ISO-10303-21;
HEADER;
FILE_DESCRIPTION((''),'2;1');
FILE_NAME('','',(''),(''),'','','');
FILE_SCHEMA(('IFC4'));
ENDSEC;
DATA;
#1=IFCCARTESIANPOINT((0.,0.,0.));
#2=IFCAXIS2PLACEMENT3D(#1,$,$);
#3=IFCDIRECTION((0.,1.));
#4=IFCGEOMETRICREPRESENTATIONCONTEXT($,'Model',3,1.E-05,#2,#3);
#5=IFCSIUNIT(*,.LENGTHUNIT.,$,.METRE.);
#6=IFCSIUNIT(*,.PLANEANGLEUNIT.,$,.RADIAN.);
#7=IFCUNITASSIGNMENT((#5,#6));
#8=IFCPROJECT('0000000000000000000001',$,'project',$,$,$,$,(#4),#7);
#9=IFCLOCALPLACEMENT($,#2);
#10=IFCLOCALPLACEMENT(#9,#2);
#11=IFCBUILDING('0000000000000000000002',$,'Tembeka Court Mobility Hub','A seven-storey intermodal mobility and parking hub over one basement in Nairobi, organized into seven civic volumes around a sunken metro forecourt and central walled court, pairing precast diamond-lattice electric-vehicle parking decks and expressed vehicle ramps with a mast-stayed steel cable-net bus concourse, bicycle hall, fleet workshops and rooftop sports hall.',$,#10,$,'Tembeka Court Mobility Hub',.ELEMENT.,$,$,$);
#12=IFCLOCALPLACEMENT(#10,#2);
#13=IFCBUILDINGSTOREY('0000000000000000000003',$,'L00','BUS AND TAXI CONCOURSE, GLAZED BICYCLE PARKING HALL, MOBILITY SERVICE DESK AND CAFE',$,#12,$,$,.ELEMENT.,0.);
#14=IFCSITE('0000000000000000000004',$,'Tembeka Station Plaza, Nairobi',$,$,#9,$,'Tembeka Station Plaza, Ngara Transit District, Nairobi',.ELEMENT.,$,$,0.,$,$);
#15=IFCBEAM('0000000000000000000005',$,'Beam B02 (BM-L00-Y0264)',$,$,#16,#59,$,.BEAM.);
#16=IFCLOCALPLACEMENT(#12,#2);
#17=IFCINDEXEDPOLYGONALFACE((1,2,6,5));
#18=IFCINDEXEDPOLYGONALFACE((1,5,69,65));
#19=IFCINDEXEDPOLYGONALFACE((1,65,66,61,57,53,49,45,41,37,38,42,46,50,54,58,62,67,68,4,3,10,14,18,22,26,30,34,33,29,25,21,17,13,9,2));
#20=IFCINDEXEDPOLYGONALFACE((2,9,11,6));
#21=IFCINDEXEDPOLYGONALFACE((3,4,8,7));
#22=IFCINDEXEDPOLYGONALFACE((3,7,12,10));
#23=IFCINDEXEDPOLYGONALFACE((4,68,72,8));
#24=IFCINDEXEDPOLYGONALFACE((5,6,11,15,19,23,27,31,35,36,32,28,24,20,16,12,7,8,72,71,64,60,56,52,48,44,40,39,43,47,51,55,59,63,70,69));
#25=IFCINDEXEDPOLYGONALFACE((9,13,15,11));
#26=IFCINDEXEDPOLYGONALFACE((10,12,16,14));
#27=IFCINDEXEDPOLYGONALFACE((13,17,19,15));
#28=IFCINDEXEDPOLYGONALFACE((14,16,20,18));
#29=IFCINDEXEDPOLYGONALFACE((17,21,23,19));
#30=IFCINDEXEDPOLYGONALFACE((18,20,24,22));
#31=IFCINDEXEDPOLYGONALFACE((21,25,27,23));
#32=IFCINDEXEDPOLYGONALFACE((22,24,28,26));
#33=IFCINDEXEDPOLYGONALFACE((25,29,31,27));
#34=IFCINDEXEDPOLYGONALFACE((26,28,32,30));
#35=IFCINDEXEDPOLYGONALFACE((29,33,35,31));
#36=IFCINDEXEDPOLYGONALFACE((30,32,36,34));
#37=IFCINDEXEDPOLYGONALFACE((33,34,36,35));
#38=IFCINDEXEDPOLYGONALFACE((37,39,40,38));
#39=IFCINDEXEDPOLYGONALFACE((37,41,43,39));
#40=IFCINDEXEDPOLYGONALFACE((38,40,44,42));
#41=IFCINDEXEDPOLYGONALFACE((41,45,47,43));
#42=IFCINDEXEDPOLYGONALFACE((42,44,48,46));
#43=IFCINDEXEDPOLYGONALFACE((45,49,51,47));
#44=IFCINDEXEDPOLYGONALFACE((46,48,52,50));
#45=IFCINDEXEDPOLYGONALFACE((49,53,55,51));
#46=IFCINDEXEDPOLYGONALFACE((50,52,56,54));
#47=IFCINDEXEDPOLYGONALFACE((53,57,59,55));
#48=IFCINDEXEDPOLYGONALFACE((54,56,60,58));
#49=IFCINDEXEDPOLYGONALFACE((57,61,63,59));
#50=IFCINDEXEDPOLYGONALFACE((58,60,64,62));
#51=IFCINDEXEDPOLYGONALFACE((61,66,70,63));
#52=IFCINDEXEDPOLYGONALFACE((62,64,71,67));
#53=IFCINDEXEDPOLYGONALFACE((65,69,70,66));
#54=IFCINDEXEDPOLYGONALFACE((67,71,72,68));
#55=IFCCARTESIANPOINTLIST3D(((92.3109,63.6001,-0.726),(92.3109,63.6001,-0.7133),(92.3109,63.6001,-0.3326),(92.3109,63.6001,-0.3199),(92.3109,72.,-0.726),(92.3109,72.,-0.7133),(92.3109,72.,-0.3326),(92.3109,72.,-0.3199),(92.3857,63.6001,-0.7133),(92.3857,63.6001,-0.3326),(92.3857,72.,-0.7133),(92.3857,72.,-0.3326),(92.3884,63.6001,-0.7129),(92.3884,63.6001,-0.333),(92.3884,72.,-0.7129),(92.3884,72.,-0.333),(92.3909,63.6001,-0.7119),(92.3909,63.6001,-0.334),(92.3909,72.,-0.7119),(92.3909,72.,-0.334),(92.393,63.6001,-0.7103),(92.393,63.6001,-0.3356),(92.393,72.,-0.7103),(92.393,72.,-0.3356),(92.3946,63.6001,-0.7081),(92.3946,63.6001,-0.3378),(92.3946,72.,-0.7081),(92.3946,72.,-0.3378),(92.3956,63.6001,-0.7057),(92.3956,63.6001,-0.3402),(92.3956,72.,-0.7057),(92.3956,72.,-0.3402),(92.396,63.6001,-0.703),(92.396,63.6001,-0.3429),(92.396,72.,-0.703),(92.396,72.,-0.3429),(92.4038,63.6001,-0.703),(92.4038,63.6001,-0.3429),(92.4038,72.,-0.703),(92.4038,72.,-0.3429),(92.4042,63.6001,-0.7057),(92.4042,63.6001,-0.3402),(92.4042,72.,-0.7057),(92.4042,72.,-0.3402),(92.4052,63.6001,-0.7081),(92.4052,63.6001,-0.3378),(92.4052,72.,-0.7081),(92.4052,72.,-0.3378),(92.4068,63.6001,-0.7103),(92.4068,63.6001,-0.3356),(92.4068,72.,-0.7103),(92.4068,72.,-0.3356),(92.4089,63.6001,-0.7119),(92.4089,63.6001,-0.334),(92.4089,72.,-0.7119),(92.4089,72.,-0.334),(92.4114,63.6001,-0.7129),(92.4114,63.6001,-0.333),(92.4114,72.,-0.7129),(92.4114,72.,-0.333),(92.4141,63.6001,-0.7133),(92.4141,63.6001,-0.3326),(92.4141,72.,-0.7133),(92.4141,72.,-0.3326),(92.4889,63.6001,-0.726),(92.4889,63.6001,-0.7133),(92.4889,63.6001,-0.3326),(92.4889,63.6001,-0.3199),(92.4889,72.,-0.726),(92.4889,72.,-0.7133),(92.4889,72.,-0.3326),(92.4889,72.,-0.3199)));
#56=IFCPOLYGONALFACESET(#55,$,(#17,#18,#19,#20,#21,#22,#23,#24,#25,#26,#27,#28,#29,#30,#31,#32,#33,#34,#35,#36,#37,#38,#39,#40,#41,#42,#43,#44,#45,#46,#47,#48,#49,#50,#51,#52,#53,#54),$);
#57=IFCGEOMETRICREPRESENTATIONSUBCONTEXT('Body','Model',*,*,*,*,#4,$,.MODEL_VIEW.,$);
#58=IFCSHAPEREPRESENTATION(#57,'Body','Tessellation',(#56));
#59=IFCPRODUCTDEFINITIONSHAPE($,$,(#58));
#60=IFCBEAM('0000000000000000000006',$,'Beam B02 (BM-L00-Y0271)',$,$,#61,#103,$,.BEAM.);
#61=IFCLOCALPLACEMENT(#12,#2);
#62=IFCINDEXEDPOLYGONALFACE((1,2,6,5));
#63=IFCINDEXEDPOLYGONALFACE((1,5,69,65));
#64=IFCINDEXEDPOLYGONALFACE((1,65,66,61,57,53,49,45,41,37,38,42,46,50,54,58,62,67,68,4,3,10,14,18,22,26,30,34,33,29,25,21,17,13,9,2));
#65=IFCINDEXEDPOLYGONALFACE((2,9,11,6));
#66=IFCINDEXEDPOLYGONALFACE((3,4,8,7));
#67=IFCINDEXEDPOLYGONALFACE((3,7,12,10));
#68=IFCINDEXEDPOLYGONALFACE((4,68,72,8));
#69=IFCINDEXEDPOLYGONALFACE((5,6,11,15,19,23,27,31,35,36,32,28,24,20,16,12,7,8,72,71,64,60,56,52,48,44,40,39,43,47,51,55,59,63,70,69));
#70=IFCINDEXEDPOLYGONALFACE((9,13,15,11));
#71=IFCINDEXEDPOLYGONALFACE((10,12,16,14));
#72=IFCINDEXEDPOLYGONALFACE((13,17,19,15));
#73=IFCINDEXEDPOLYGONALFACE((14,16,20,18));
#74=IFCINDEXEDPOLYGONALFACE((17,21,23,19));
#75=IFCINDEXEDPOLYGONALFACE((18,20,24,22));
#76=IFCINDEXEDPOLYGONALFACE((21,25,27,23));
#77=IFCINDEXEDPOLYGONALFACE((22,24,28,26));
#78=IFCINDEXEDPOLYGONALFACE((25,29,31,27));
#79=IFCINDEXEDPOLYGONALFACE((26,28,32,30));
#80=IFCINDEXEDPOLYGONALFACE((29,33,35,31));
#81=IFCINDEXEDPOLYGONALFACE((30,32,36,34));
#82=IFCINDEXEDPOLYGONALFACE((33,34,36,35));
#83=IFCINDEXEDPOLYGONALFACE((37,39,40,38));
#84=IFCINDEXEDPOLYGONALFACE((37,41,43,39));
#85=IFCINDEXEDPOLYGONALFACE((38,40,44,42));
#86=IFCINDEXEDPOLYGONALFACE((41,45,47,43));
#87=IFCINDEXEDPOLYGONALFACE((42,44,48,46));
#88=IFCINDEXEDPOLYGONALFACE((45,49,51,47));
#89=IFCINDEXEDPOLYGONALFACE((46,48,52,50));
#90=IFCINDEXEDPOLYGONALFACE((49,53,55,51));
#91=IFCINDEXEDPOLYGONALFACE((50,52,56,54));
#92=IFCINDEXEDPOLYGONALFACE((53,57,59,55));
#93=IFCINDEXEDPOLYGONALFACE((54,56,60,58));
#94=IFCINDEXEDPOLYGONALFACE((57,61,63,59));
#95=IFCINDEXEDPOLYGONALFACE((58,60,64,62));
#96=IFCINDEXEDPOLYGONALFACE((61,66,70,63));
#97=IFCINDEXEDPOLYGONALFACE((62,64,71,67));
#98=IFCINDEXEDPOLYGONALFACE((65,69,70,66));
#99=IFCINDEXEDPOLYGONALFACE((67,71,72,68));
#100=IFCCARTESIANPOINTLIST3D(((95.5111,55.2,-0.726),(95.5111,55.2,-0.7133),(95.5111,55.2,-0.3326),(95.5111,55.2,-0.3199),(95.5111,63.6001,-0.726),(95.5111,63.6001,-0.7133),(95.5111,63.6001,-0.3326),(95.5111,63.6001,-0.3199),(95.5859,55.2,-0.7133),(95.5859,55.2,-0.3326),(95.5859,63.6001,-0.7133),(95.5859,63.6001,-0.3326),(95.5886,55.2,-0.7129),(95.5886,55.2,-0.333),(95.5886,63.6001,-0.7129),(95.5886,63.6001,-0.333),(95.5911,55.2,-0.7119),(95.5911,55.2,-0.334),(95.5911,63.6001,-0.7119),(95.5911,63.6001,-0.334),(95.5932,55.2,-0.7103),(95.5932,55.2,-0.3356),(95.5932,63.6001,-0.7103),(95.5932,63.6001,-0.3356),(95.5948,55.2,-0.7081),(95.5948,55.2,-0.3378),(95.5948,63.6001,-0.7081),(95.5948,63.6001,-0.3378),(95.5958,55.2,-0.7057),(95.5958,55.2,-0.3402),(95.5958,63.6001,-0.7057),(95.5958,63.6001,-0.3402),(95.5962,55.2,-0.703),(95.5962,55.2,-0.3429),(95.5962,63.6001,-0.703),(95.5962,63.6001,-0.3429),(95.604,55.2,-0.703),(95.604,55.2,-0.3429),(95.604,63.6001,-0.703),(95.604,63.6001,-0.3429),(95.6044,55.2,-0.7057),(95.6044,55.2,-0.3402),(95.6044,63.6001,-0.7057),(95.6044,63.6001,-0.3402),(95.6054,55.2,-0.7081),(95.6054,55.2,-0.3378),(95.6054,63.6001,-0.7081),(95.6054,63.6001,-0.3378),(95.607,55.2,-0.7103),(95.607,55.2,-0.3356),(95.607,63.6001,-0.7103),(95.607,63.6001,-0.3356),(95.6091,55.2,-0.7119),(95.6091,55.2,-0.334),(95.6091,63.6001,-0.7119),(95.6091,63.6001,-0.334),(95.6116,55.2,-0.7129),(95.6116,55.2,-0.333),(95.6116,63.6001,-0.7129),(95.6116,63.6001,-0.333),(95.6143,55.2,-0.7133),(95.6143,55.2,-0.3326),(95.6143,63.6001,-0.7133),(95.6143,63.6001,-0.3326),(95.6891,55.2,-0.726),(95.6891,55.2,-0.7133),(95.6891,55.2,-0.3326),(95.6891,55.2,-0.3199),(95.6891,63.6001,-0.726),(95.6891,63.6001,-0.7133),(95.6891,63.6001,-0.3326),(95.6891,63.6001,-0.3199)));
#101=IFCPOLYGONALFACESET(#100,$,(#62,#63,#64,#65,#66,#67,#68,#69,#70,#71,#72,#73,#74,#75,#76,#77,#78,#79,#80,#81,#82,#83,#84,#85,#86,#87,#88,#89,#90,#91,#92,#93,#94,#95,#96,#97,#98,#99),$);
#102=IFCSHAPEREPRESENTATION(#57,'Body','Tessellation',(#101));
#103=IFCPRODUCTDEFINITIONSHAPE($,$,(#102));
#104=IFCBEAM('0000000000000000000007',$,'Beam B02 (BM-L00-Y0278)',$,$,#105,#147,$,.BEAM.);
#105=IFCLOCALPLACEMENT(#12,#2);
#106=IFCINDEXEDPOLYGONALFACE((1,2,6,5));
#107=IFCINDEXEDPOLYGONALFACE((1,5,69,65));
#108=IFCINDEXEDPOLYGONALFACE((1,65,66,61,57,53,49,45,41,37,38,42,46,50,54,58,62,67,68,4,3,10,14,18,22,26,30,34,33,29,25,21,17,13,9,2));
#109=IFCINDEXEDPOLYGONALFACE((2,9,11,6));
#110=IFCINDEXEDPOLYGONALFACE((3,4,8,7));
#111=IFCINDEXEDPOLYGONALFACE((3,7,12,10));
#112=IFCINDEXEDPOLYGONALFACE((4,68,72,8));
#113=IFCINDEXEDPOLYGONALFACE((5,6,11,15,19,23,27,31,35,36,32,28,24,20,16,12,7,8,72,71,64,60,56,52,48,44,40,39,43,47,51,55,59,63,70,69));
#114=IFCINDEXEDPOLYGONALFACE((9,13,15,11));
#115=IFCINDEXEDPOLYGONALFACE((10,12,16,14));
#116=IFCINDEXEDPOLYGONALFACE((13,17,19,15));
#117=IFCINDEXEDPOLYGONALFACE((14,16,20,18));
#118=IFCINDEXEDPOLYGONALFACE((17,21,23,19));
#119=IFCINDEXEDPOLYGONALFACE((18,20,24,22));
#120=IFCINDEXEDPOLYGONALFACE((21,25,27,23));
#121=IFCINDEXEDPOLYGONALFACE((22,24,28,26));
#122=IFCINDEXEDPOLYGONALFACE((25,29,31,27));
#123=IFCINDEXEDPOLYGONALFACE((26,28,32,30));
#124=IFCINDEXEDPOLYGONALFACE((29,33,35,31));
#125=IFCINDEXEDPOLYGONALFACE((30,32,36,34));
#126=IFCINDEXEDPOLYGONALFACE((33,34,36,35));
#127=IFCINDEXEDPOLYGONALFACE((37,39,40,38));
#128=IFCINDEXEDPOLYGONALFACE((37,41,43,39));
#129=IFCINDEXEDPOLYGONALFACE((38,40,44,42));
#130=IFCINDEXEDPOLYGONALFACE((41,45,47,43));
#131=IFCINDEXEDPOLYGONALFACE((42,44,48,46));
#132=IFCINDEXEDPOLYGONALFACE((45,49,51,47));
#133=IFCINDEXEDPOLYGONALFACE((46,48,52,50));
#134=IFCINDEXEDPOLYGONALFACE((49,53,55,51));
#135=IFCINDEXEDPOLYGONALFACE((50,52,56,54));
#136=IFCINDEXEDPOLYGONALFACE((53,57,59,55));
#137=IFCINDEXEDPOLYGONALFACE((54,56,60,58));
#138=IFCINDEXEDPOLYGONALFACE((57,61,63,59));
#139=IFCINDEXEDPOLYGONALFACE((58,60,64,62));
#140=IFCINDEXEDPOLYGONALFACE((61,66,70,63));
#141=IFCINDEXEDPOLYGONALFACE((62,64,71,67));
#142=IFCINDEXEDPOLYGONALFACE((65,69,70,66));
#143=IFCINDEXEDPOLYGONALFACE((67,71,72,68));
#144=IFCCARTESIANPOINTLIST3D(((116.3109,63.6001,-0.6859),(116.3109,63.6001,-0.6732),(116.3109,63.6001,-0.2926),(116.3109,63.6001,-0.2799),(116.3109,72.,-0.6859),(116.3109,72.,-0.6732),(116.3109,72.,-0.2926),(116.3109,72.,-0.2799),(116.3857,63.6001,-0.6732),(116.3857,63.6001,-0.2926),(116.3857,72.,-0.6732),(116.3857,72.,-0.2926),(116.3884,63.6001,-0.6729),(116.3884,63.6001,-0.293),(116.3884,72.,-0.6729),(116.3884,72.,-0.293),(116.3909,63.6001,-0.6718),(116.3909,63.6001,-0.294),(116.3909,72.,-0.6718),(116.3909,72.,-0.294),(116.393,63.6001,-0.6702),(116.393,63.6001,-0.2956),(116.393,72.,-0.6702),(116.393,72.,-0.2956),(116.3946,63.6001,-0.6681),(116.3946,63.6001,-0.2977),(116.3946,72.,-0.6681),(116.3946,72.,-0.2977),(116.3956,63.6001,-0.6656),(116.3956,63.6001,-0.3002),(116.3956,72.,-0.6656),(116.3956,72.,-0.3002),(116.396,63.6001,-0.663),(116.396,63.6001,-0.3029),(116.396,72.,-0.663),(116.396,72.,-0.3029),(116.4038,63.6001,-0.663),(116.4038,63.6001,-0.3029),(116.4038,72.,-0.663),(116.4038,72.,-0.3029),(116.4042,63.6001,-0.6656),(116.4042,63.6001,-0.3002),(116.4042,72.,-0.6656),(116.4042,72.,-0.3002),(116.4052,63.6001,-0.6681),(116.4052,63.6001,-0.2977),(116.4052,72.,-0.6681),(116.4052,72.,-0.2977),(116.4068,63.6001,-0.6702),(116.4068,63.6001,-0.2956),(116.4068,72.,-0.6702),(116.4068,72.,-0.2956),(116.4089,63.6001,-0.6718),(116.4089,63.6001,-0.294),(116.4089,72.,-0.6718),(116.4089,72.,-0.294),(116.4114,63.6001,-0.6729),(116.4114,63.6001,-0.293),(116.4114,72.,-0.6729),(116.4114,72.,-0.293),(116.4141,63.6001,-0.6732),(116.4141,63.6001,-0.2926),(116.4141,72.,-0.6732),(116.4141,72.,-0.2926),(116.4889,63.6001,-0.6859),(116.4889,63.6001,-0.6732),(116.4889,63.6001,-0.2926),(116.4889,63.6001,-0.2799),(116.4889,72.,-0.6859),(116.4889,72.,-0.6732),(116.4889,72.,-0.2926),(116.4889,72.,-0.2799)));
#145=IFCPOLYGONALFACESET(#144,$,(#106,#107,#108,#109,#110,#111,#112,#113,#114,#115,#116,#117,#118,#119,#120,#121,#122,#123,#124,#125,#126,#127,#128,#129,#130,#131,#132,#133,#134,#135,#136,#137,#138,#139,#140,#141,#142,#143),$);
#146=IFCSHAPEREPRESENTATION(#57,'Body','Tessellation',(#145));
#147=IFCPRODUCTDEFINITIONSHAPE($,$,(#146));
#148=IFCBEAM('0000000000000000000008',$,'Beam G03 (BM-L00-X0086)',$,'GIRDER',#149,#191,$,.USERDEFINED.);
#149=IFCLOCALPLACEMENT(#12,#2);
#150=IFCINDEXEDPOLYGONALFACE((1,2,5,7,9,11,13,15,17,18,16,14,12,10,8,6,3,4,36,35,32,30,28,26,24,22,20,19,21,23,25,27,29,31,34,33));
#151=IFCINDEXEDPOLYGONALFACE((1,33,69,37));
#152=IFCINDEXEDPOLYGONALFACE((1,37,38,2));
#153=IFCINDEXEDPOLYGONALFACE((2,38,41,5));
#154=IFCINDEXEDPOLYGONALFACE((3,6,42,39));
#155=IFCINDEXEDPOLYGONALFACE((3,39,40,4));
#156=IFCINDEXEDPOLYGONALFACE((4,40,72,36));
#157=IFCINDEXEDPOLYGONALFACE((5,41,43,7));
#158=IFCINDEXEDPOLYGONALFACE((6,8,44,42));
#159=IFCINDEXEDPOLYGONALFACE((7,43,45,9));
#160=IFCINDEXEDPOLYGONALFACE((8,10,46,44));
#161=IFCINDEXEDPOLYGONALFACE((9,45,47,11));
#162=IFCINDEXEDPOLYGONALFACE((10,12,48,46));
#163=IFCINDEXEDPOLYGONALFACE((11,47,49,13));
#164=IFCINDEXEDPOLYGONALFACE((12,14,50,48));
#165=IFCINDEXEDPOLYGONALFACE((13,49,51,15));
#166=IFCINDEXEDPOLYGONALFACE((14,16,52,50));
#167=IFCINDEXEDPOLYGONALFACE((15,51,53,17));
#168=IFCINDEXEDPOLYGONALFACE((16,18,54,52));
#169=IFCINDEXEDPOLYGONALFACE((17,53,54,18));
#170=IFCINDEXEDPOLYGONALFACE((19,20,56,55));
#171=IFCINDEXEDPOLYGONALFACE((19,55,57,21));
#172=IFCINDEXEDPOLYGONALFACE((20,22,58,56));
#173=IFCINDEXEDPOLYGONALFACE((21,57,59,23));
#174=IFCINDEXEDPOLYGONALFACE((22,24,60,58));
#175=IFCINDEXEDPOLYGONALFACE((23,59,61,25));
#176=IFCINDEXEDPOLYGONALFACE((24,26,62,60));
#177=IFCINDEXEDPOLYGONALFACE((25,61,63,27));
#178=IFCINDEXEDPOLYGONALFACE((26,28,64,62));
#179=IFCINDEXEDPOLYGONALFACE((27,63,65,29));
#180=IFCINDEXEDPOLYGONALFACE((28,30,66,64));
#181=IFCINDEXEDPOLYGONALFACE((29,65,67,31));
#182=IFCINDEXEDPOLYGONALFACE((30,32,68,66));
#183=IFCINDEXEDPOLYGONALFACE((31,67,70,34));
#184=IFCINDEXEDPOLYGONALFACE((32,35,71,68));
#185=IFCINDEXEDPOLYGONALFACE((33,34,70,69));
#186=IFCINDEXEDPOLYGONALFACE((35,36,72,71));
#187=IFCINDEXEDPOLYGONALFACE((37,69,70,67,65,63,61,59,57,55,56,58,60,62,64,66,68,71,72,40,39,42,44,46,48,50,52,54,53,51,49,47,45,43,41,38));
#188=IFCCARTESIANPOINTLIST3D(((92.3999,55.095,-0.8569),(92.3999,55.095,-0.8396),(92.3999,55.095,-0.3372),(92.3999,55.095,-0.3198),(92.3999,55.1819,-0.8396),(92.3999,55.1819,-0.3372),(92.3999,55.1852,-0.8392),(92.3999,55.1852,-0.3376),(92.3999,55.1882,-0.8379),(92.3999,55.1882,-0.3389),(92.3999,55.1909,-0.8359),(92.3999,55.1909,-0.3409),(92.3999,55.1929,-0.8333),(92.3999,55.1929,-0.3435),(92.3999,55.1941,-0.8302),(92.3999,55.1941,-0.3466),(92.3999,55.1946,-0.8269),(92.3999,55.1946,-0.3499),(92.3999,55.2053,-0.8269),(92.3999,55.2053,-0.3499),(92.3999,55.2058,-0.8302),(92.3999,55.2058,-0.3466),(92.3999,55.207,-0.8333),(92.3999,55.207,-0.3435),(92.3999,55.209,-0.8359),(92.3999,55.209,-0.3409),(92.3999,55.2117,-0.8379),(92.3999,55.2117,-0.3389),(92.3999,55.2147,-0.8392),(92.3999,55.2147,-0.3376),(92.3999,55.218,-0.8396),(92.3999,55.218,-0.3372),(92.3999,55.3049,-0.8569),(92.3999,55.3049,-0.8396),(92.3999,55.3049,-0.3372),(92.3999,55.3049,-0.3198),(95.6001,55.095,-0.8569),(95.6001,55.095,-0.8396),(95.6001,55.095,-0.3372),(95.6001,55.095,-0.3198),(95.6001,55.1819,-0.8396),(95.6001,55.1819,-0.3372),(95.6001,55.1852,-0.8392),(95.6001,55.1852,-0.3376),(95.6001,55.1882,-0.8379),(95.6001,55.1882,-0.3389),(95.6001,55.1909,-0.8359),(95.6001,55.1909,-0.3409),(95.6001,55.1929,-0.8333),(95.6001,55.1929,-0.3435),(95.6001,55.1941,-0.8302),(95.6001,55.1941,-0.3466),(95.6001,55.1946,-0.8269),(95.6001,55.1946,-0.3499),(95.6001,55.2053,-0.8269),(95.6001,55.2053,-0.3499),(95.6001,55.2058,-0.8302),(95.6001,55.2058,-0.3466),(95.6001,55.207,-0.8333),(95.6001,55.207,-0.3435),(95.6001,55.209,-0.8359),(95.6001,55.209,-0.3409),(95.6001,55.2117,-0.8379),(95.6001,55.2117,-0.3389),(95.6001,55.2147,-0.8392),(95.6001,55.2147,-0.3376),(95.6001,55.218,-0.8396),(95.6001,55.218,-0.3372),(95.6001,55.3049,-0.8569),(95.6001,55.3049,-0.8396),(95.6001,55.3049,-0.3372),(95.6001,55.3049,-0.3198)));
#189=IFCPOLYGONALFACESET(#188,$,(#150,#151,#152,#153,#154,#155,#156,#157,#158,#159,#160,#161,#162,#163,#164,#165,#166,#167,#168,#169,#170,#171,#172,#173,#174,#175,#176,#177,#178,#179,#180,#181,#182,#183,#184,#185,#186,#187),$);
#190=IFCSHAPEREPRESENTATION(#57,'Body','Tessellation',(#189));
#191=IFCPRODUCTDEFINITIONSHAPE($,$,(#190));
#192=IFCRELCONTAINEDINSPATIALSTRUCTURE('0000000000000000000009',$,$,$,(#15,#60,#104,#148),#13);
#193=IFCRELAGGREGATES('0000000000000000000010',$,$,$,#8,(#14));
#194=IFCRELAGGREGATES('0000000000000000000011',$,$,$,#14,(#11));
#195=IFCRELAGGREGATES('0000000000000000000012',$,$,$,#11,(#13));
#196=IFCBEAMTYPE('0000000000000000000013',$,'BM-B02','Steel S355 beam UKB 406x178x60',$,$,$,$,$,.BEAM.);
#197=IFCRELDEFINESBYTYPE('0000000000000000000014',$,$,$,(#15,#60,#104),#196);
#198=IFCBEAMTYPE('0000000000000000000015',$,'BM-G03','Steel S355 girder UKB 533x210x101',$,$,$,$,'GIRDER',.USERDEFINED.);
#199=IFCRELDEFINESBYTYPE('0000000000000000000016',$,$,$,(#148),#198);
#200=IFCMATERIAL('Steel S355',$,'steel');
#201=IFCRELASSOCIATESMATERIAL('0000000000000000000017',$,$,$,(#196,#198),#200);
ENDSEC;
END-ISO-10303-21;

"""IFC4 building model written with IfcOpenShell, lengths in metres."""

from ifc_helpers import new_model, si_unit, direction, frame, origin, origin_2d, place, context, subcontext, project, spatial, i_section, extrude, material, material_profile, profile_set, type_object, element, save


model = new_model("IFC4")

# Units and contexts
model_context = context("Model", 3, precision=1e-05, world=origin(), true_north=direction((0.0, 1.0)))
body_context = subcontext(model_context, "Body", "Model", "MODEL_VIEW")
ifc_project = project(units=[si_unit("LENGTHUNIT", "METRE"), si_unit("PLANEANGLEUNIT", "RADIAN")], contexts=[model_context])

# Site, building, storey
site_placement = place(None, origin())
site = spatial("IfcSite", under=ifc_project, at=site_placement, Name="Tembeka Station Plaza, Nairobi", LongName="Tembeka Station Plaza, Ngara Transit District, Nairobi", CompositionType="ELEMENT", RefElevation=0.0)
building_placement = place(site_placement, origin())
building = spatial("IfcBuilding", under=site, at=building_placement, Name="Tembeka Court Mobility Hub", Description="A seven-storey intermodal mobility and parking hub over one basement in Nairobi, organized into seven civic volumes around a sunken metro forecourt and central walled court, pairing precast diamond-lattice electric-vehicle parking decks and expressed vehicle ramps with a mast-stayed steel cable-net bus concourse, bicycle hall, fleet workshops and rooftop sports hall.", LongName="Tembeka Court Mobility Hub", CompositionType="ELEMENT")
storey_placement = place(building_placement, origin())
storey = spatial("IfcBuildingStorey", under=building, at=storey_placement, Name="L00", Description="BUS AND TAXI CONCOURSE, GLAZED BICYCLE PARKING HALL, MOBILITY SERVICE DESK AND CAFE", CompositionType="ELEMENT", Elevation=0.0)

# Shared definitions
ifc_material_1 = material(Name="Steel S355", Category="steel")

# Beams
ifc_material_profile_1 = material_profile(ifc_material_1, i_section(OverallWidth=0.178, OverallDepth=0.406, WebThickness=0.0078, FlangeThickness=0.0127, FilletRadius=0.0103, at=origin_2d()), Name="UKB 406x178x60")
ifc_profile_set_1 = profile_set([ifc_material_profile_1], Name="Steel S355")
beam_type_1 = type_object("IfcBeamType", Name="BM-B02", Description="Steel S355 beam UKB 406x178x60", PredefinedType="BEAM", material=ifc_profile_set_1)
beam_1_placement = place(storey_placement, frame((92.3999, 63.6001, -0.5229), z_axis=(0.0, 1.0, 0.0), x_axis=(-1.0, 0.0, 0.0)))
element("IfcBeam", 1, at=beam_1_placement, inside=storey, type_object=beam_type_1, Name="Beam B02 (BM-L00-Y0264)", PredefinedType="BEAM", context=body_context, shape_type="SweptSolid", body=[
    extrude(i_section(OverallWidth=0.178, OverallDepth=0.406, WebThickness=0.0078, FlangeThickness=0.0127, FilletRadius=0.0103, at=origin_2d()), origin(), (0.0, 0.0, 1.0), 8.3999),
])
beam_2_placement = place(storey_placement, frame((95.6001, 55.2, -0.5229), z_axis=(0.0, 1.0, 0.0), x_axis=(-1.0, 0.0, 0.0)))
element("IfcBeam", 2, at=beam_2_placement, inside=storey, type_object=beam_type_1, Name="Beam B02 (BM-L00-Y0271)", PredefinedType="BEAM", context=body_context, shape_type="SweptSolid", body=[
    extrude(i_section(OverallWidth=0.178, OverallDepth=0.406, WebThickness=0.0078, FlangeThickness=0.0127, FilletRadius=0.0103, at=origin_2d()), origin(), (0.0, 0.0, 1.0), 8.4001),
])
beam_3_placement = place(storey_placement, frame((116.3999, 63.6001, -0.4829), z_axis=(0.0, 1.0, 0.0), x_axis=(-1.0, 0.0, 0.0)))
element("IfcBeam", 3, at=beam_3_placement, inside=storey, type_object=beam_type_1, Name="Beam B02 (BM-L00-Y0278)", PredefinedType="BEAM", context=body_context, shape_type="SweptSolid", body=[
    extrude(i_section(OverallWidth=0.178, OverallDepth=0.406, WebThickness=0.0078, FlangeThickness=0.0127, FilletRadius=0.0103, at=origin_2d()), origin(), (0.0, 0.0, 1.0), 8.3999),
])
ifc_material_profile_2 = material_profile(ifc_material_1, i_section(OverallWidth=0.21, OverallDepth=0.5371, WebThickness=0.0107, FlangeThickness=0.0173, FilletRadius=0.0127, at=origin_2d()), Name="UKB 533x210x101")
ifc_profile_set_2 = profile_set([ifc_material_profile_2], Name="Steel S355")
beam_type_2 = type_object("IfcBeamType", Name="BM-G03", Description="Steel S355 girder UKB 533x210x101", ElementType="GIRDER", PredefinedType="USERDEFINED", material=ifc_profile_set_2)
for number, where, z_axis, x_axis, name in (
    (4, (92.3999, 55.2, -0.5884), (1.0, 0.0, 0.0), (0.0, 1.0, 0.0), "Beam G03 (BM-L00-X0086)"),
):
    element("IfcBeam", number, at=place(storey_placement, frame(where, z_axis=z_axis, x_axis=x_axis)), inside=storey, type_object=beam_type_2, Name=name, ObjectType="GIRDER", PredefinedType="USERDEFINED", context=body_context, shape_type="SweptSolid", body=[
        extrude(i_section(OverallWidth=0.21, OverallDepth=0.5371, WebThickness=0.0107, FlangeThickness=0.0173, FilletRadius=0.0127, at=origin_2d()), origin(), (0.0, 0.0, 1.0), 3.2002),
    ])

save(model, "model.ifc")
